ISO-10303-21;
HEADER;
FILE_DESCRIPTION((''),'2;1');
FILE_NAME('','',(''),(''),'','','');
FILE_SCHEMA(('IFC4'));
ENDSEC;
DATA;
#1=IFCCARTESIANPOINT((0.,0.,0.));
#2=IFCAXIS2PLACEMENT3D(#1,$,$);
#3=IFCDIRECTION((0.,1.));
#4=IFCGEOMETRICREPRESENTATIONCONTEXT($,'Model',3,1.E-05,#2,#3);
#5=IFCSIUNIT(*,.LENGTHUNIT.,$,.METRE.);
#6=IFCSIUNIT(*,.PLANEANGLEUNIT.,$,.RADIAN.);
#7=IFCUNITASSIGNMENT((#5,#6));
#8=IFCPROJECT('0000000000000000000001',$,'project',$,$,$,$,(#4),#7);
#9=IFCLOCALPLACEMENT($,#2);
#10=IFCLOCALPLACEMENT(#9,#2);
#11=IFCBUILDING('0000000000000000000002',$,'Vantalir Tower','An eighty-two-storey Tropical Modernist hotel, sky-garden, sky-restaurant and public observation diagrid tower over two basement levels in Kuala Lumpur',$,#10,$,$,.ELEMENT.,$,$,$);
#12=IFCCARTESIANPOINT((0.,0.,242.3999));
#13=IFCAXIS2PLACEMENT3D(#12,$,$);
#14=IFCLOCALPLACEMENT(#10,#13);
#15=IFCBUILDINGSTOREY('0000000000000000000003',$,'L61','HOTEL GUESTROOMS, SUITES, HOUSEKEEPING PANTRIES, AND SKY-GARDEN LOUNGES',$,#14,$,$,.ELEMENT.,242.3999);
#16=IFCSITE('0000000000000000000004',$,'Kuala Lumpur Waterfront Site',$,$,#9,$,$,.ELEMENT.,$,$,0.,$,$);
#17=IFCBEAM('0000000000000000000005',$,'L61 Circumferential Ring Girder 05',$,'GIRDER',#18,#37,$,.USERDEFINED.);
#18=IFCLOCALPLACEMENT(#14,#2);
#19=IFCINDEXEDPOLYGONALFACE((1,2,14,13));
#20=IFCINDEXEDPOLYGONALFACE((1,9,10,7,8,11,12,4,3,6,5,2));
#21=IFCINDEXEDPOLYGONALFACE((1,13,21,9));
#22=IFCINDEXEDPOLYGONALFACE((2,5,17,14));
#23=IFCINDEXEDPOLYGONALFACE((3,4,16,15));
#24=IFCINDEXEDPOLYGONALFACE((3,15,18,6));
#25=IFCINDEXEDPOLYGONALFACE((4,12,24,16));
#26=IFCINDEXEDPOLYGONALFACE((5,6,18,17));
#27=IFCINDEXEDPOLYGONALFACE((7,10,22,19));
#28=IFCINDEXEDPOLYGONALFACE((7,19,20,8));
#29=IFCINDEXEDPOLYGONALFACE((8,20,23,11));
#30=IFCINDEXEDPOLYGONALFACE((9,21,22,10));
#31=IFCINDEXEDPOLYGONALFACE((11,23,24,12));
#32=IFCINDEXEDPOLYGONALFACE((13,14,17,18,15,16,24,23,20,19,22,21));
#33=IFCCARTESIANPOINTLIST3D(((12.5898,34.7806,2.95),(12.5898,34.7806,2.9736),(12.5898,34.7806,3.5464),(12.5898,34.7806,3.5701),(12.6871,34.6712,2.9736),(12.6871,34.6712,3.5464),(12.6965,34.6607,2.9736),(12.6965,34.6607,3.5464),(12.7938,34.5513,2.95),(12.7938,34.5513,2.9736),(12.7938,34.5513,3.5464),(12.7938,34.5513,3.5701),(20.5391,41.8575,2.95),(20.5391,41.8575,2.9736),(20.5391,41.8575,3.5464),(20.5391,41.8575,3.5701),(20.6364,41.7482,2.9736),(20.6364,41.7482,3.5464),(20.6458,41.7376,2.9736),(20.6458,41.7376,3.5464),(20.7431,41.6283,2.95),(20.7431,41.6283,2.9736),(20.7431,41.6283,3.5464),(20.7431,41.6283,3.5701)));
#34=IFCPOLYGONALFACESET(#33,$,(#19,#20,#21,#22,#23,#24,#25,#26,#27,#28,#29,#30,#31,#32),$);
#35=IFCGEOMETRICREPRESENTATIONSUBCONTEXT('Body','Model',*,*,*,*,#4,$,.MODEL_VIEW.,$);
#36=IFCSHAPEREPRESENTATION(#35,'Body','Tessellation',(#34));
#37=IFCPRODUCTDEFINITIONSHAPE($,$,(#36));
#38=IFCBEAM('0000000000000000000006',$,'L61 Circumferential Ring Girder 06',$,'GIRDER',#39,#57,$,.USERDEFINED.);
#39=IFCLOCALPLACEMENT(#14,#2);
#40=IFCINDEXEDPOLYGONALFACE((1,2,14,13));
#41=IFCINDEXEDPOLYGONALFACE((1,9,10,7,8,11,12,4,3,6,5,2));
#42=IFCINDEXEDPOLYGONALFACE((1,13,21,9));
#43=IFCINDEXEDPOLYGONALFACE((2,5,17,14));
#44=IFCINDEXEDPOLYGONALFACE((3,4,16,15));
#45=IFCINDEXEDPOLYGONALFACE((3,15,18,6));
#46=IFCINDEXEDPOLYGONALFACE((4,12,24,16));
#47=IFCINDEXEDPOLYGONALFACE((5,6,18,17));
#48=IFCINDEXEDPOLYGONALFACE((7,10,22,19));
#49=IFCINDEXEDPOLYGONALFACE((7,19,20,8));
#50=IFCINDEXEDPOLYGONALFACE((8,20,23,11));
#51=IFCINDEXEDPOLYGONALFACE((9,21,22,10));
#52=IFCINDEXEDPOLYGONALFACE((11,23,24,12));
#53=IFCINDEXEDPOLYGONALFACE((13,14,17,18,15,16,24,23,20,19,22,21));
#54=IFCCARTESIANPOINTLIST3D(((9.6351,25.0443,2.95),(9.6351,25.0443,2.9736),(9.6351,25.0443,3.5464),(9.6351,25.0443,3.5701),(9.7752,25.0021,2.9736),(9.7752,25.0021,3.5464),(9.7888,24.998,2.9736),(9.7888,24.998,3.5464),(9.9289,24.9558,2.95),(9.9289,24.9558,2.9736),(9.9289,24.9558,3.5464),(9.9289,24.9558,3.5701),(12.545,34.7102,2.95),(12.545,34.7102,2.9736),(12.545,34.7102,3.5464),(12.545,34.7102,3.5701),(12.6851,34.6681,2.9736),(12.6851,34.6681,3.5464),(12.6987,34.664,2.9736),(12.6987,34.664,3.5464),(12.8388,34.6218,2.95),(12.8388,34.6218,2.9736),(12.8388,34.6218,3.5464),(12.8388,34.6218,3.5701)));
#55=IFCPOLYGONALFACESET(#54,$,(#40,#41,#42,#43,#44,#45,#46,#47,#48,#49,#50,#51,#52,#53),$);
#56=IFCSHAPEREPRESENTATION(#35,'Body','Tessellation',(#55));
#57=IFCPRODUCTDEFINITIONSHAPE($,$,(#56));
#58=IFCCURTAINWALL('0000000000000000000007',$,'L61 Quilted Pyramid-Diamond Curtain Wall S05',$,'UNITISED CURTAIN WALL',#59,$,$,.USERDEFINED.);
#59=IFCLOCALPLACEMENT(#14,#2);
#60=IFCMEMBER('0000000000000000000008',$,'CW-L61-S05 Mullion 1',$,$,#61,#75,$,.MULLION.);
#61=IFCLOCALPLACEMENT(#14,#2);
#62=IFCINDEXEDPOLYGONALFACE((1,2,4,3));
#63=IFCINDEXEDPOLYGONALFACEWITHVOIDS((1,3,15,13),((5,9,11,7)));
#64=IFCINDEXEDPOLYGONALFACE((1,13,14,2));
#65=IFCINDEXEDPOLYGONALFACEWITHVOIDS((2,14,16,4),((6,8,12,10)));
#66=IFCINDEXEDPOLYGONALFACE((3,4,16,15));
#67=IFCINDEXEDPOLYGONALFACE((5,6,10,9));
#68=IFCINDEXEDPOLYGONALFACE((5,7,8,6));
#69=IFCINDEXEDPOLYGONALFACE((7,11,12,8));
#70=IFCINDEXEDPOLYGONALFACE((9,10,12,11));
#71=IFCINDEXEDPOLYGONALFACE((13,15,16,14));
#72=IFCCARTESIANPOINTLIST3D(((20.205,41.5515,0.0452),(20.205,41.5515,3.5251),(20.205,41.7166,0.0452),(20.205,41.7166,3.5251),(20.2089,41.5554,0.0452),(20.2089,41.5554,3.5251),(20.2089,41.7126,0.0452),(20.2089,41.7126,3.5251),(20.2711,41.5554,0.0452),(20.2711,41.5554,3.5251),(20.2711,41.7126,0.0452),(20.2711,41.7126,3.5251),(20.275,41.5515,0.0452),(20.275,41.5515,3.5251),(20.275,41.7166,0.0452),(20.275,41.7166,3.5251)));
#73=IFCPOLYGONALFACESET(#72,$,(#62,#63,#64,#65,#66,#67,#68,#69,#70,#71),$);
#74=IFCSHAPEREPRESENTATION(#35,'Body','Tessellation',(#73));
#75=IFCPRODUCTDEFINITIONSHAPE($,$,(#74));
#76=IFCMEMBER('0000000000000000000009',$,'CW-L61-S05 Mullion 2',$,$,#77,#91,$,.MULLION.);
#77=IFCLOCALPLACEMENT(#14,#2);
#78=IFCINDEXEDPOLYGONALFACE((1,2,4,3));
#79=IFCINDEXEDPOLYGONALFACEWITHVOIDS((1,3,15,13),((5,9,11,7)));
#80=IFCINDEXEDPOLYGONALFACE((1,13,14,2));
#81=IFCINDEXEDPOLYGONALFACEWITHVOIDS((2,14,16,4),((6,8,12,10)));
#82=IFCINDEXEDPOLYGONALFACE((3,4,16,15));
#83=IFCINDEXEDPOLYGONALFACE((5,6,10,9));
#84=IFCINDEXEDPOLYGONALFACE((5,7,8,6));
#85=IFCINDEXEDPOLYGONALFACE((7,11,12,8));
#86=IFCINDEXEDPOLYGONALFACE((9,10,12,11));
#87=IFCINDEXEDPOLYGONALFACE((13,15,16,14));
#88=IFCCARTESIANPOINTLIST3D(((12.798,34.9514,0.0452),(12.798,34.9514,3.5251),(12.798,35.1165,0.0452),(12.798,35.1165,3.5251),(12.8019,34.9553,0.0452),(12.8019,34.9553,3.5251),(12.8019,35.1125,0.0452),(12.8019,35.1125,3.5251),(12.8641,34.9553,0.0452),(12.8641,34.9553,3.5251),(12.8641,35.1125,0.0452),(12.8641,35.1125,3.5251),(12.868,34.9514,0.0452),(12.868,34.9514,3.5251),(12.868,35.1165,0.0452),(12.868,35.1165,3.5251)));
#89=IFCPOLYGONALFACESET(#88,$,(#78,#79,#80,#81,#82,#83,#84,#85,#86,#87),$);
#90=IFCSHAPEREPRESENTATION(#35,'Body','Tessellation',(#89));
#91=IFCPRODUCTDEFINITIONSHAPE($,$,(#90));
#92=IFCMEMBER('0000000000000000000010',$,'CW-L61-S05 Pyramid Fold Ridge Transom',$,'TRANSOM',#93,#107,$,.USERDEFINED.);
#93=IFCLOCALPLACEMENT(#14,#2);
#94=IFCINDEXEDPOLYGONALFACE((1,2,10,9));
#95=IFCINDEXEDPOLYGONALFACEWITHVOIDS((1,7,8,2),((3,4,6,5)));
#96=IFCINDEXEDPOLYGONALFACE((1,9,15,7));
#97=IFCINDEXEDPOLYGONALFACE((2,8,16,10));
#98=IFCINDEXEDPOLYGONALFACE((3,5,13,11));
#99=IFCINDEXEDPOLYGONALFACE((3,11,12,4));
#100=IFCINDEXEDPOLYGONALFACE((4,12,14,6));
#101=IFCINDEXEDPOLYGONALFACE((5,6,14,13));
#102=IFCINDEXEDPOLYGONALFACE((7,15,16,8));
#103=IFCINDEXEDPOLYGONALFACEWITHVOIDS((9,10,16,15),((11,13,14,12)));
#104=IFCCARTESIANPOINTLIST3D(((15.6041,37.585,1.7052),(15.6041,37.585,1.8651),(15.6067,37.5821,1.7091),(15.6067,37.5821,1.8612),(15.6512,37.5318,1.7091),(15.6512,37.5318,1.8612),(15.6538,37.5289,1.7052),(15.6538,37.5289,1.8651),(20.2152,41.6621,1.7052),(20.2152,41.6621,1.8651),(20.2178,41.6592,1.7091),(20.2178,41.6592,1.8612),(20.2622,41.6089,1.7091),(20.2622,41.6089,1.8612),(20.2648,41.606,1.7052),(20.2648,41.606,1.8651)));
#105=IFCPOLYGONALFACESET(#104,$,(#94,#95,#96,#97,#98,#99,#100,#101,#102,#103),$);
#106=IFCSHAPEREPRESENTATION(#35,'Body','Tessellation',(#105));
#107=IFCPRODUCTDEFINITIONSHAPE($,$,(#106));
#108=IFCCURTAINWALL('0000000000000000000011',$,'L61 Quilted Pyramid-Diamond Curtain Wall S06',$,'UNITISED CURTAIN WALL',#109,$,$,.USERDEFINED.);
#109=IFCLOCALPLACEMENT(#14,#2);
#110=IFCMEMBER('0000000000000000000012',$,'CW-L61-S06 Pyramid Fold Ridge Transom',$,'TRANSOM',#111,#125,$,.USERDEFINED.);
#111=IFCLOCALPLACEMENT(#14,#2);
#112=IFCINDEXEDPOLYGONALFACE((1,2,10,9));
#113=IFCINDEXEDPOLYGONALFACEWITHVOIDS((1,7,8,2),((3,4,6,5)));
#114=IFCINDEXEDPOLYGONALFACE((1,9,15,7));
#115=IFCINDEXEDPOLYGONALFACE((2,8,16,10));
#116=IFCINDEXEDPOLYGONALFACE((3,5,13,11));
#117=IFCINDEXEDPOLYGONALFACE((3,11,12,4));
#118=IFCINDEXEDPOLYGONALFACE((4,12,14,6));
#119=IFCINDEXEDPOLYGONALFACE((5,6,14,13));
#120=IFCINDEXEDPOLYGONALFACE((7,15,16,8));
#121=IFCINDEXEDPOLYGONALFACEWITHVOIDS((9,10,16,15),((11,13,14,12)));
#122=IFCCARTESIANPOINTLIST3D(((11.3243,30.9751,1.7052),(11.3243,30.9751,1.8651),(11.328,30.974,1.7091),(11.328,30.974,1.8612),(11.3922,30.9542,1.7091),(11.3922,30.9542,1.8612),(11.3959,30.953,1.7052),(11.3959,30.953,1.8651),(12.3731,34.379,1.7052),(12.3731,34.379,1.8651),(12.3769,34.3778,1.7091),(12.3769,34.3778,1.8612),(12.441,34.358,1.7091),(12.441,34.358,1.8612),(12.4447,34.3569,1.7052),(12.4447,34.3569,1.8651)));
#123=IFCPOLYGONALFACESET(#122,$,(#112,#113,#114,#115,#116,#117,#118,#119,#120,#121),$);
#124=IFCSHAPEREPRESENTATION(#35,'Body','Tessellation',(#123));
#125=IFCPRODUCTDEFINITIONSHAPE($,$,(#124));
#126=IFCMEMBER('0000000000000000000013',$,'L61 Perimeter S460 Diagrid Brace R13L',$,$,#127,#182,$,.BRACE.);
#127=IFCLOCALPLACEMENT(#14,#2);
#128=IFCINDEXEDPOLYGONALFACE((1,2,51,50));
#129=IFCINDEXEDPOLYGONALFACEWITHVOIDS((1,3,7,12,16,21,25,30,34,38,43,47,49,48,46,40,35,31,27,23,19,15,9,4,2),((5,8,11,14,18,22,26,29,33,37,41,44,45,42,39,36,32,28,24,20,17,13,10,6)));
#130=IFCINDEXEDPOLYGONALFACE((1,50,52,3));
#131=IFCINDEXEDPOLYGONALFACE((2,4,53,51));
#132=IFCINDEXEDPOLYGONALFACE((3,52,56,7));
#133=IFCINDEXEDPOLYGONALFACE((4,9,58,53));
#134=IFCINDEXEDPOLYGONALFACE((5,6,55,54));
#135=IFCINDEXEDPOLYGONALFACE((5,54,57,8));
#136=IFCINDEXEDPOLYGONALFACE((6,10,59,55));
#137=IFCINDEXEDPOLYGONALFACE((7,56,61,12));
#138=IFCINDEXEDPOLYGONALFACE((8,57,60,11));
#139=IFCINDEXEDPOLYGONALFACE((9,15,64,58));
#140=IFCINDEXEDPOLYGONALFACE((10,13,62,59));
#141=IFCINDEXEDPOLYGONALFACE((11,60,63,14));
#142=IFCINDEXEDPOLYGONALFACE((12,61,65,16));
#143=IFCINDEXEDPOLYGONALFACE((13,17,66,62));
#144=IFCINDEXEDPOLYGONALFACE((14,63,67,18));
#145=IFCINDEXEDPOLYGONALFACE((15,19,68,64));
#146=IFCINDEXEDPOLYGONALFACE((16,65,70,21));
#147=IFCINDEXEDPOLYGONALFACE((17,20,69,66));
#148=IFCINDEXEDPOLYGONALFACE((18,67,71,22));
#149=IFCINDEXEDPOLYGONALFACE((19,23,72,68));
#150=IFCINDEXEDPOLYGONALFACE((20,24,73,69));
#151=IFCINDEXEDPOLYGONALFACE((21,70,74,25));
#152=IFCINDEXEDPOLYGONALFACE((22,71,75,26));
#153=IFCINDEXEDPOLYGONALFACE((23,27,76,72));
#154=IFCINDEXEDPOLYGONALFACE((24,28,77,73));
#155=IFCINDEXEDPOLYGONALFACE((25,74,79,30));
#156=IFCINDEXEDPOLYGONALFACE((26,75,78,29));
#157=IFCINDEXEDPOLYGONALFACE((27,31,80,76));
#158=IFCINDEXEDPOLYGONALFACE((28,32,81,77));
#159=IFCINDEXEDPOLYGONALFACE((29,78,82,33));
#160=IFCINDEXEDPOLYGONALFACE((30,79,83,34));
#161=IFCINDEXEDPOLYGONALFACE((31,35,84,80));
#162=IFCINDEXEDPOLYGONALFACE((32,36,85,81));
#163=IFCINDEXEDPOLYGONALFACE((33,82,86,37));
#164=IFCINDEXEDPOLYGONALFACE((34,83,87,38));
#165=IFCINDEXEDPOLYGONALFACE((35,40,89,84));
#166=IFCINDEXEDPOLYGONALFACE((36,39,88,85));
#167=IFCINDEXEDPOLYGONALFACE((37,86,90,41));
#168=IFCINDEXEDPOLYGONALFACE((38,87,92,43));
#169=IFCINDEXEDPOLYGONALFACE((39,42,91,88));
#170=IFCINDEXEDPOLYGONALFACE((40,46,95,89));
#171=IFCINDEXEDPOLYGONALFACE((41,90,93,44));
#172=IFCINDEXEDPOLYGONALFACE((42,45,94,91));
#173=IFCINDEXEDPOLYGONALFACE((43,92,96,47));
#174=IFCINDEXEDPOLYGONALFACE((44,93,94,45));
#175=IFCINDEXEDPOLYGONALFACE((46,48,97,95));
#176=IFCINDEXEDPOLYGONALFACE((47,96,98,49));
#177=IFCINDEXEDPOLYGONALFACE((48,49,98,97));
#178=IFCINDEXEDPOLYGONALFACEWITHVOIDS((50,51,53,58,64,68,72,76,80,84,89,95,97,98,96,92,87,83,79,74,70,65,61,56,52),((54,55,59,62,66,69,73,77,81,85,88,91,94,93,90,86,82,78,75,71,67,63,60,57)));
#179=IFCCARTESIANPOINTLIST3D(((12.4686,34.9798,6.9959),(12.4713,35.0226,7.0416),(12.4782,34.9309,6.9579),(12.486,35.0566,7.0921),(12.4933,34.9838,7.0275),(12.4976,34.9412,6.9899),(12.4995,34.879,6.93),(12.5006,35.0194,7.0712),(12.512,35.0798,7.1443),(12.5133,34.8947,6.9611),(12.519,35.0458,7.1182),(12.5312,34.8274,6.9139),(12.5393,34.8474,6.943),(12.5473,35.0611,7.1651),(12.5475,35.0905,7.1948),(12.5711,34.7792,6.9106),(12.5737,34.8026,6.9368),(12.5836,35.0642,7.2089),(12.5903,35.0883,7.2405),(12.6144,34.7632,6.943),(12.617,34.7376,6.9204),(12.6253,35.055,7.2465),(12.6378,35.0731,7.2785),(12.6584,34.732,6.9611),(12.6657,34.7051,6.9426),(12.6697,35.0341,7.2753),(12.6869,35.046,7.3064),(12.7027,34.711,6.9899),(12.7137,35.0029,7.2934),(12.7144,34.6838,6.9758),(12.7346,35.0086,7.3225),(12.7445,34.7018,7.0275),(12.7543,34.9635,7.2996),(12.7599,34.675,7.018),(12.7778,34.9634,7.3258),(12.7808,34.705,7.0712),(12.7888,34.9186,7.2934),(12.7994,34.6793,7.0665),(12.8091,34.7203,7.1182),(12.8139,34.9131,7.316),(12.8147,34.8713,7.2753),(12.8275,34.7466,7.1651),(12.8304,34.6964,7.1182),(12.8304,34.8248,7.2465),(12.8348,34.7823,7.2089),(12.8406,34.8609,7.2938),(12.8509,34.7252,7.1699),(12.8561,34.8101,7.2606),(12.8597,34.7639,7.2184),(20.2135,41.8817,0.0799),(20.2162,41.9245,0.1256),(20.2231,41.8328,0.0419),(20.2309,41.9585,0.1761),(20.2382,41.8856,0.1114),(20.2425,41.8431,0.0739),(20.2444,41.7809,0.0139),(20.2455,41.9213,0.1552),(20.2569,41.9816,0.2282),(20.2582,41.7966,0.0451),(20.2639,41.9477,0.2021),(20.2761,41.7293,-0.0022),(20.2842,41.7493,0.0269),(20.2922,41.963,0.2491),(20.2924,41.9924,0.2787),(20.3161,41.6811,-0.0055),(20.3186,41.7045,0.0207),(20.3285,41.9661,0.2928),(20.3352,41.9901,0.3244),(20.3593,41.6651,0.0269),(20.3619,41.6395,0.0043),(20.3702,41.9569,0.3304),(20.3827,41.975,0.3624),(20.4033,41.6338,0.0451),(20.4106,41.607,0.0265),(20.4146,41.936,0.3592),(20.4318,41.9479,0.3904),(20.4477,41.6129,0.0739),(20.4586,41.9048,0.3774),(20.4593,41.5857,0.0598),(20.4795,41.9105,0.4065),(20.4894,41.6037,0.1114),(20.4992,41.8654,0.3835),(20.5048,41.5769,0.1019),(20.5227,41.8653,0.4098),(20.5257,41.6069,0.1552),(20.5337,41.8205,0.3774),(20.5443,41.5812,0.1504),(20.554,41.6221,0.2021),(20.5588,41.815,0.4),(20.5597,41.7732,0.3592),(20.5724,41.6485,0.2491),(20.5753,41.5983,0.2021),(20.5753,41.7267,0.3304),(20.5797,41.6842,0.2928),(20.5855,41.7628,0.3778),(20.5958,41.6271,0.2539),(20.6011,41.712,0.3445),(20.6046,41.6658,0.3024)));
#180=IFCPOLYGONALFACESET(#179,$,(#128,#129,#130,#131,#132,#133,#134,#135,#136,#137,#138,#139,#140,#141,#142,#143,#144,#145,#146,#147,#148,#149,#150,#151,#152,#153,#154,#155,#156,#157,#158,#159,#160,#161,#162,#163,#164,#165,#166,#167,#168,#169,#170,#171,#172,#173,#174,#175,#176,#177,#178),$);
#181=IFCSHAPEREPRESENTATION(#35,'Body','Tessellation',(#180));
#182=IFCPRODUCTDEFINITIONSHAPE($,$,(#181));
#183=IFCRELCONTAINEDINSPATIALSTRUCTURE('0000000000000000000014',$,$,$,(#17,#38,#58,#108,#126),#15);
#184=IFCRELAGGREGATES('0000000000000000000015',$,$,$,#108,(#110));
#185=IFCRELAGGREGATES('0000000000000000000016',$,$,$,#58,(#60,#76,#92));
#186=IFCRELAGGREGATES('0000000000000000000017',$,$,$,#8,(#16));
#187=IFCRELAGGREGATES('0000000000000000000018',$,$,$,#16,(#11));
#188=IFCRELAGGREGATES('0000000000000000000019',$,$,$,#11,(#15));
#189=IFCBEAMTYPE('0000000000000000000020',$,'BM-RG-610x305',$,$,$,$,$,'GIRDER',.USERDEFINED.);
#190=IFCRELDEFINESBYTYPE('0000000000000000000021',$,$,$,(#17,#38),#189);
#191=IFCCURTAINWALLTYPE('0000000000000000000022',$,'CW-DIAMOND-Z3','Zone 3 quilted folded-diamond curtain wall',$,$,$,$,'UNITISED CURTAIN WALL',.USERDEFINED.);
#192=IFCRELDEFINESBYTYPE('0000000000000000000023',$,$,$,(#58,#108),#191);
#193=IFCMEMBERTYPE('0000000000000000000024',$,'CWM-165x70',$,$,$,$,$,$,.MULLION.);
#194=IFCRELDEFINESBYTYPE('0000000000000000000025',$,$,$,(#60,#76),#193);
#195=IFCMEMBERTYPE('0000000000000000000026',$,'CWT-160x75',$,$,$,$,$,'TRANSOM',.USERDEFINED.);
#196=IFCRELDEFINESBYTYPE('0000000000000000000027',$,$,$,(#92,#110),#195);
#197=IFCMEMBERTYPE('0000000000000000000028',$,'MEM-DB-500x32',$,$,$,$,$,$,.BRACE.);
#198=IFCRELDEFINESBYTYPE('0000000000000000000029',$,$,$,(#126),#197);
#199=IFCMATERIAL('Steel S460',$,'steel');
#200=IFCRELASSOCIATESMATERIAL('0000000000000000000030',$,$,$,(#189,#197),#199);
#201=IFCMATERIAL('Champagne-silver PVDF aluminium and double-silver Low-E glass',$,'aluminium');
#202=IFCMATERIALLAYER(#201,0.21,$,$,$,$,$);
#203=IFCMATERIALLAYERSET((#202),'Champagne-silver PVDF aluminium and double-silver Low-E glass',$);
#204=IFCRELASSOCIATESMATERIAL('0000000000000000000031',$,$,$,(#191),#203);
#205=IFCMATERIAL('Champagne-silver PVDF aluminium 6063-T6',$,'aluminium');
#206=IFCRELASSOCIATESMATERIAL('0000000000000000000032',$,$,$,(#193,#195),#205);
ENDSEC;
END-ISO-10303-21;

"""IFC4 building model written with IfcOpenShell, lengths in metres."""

from ifc_helpers import new_model, si_unit, direction, frame, origin, origin_2d, place, context, subcontext, project, spatial, hollow_rectangle, hollow_circle, i_section, extrude, material, layer, layer_set, material_profile, profile_set, type_object, element, aggregate, save


model = new_model("IFC4")

# Units and contexts
model_context = context("Model", 3, precision=1e-05, world=origin(), true_north=direction((0.0, 1.0)))
body_context = subcontext(model_context, "Body", "Model", "MODEL_VIEW")
ifc_project = project(units=[si_unit("LENGTHUNIT", "METRE"), si_unit("PLANEANGLEUNIT", "RADIAN")], contexts=[model_context])

# Site, building, storey
site_placement = place(None, origin())
site = spatial("IfcSite", under=ifc_project, at=site_placement, Name="Kuala Lumpur Waterfront Site", CompositionType="ELEMENT", RefElevation=0.0)
building_placement = place(site_placement, origin())
building = spatial("IfcBuilding", under=site, at=building_placement, Name="Vantalir Tower", Description="An eighty-two-storey Tropical Modernist hotel, sky-garden, sky-restaurant and public observation diagrid tower over two basement levels in Kuala Lumpur", CompositionType="ELEMENT")
storey_placement = place(building_placement, frame((0.0, 0.0, 242.3999)))
storey = spatial("IfcBuildingStorey", under=building, at=storey_placement, Name="L61", Description="HOTEL GUESTROOMS, SUITES, HOUSEKEEPING PANTRIES, AND SKY-GARDEN LOUNGES", CompositionType="ELEMENT", Elevation=242.3999)

# Shared definitions
ifc_material_1 = material(Name="Steel S460", Category="steel")

# Beams
ifc_material_profile_1 = material_profile(ifc_material_1, i_section(OverallWidth=0.3069, OverallDepth=0.6201, WebThickness=0.0142, FlangeThickness=0.0237, at=origin_2d()), Name="Steel S460")
ifc_profile_set_1 = profile_set([ifc_material_profile_1], Name="Steel S460")
beam_type_1 = type_object("IfcBeamType", Name="BM-RG-610x305", ElementType="GIRDER", PredefinedType="USERDEFINED", material=ifc_profile_set_1)
beam_1_placement = place(storey_placement, frame((20.6411, 41.7429, 3.26), z_axis=(-0.746899, -0.664937, 0.0), x_axis=(0.664937, -0.746899, 0.0)))
element("IfcBeam", 1, at=beam_1_placement, inside=storey, type_object=beam_type_1, Name="L61 Circumferential Ring Girder 05", ObjectType="GIRDER", PredefinedType="USERDEFINED", context=body_context, shape_type="SweptSolid", body=[
    extrude(i_section(OverallWidth=0.3069, OverallDepth=0.6201, WebThickness=0.0142, FlangeThickness=0.0237, at=origin_2d()), origin(), (0.0, 0.0, 1.0), 10.6431),
])
beam_2_placement = place(storey_placement, frame((12.6919, 34.666, 3.26), z_axis=(-0.288266, -0.95755, 0.0), x_axis=(0.95755, -0.288266, 0.0)))
element("IfcBeam", 2, at=beam_2_placement, inside=storey, type_object=beam_type_1, Name="L61 Circumferential Ring Girder 06", ObjectType="GIRDER", PredefinedType="USERDEFINED", context=body_context, shape_type="SweptSolid", body=[
    extrude(i_section(OverallWidth=0.3069, OverallDepth=0.6201, WebThickness=0.0142, FlangeThickness=0.0237, at=origin_2d()), origin(), (0.0, 0.0, 1.0), 10.0945),
])

# Curtain wall, members
ifc_material_2 = material(Name="Champagne-silver PVDF aluminium and double-silver Low-E glass", Category="aluminium")
ifc_layer_1 = layer(ifc_material_2, 0.21)
ifc_layer_set_1 = layer_set([ifc_layer_1], Name="Champagne-silver PVDF aluminium and double-silver Low-E glass")
curtain_wall_type = type_object("IfcCurtainWallType", Name="CW-DIAMOND-Z3", Description="Zone 3 quilted folded-diamond curtain wall", ElementType="UNITISED CURTAIN WALL", PredefinedType="USERDEFINED", material=ifc_layer_set_1)
curtain_wall_1_placement = place(storey_placement, origin())
curtain_wall_1 = element("IfcCurtainWall", 3, at=curtain_wall_1_placement, inside=storey, type_object=curtain_wall_type, Name="L61 Quilted Pyramid-Diamond Curtain Wall S05", ObjectType="UNITISED CURTAIN WALL", PredefinedType="USERDEFINED")
ifc_material_3 = material(Name="Champagne-silver PVDF aluminium 6063-T6", Category="aluminium")
ifc_material_profile_2 = material_profile(ifc_material_3, hollow_rectangle(XDim=0.0701, YDim=0.165, WallThickness=0.0039, at=origin_2d()), Name="Champagne-silver PVDF aluminium 6063-T6")
ifc_profile_set_2 = profile_set([ifc_material_profile_2], Name="Champagne-silver PVDF aluminium 6063-T6")
member_type_1 = type_object("IfcMemberType", Name="CWM-165x70", PredefinedType="MULLION", material=ifc_profile_set_2)
member_1_placement = place(storey_placement, frame((20.24, 41.634, 0.0452), z_axis=(0.0, 0.0, 1.0), x_axis=(1.0, 0.0, 0.0)))
member_1 = element("IfcMember", 4, at=member_1_placement, type_object=member_type_1, Name="CW-L61-S05 Mullion 1", PredefinedType="MULLION", context=body_context, shape_type="SweptSolid", body=[
    extrude(hollow_rectangle(XDim=0.0701, YDim=0.165, WallThickness=0.0039, at=origin_2d()), origin(), (0.0, 0.0, 1.0), 3.48),
])
member_2_placement = place(storey_placement, frame((12.833, 35.0339, 0.0452), z_axis=(0.0, 0.0, 1.0), x_axis=(1.0, 0.0, 0.0)))
member_2 = element("IfcMember", 5, at=member_2_placement, type_object=member_type_1, Name="CW-L61-S05 Mullion 2", PredefinedType="MULLION", context=body_context, shape_type="SweptSolid", body=[
    extrude(hollow_rectangle(XDim=0.0701, YDim=0.165, WallThickness=0.0039, at=origin_2d()), origin(), (0.0, 0.0, 1.0), 3.48),
])
ifc_material_profile_3 = material_profile(ifc_material_3, hollow_rectangle(XDim=0.075, YDim=0.1599, WallThickness=0.0039, at=origin_2d()), Name="Champagne-silver PVDF aluminium 6063-T6")
ifc_profile_set_3 = profile_set([ifc_material_profile_3], Name="Champagne-silver PVDF aluminium 6063-T6")
member_type_2 = type_object("IfcMemberType", Name="CWT-160x75", ElementType="TRANSOM", PredefinedType="USERDEFINED", material=ifc_profile_set_3)
member_3_placement = place(storey_placement, frame((20.24, 41.634, 1.7852), z_axis=(-0.749149, -0.662402, 0.0), x_axis=(0.662402, -0.749149, 0.0)))
member_3 = element("IfcMember", 6, at=member_3_placement, type_object=member_type_2, Name="CW-L61-S05 Pyramid Fold Ridge Transom", ObjectType="TRANSOM", PredefinedType="USERDEFINED", context=body_context, shape_type="SweptSolid", body=[
    extrude(hollow_rectangle(XDim=0.075, YDim=0.1599, WallThickness=0.0039, at=origin_2d()), origin(), (0.0, 0.0, 1.0), 6.155),
])

# Curtain wall, member
curtain_wall_2_placement = place(storey_placement, origin())
curtain_wall_2 = element("IfcCurtainWall", 7, at=curtain_wall_2_placement, inside=storey, type_object=curtain_wall_type, Name="L61 Quilted Pyramid-Diamond Curtain Wall S06", ObjectType="UNITISED CURTAIN WALL", PredefinedType="USERDEFINED")
member_4_placement = place(storey_placement, frame((12.4089, 34.3679, 1.7852), z_axis=(-0.294471, -0.95566, 0.0), x_axis=(0.95566, -0.294471, 0.0)))
member_4 = element("IfcMember", 8, at=member_4_placement, type_object=member_type_2, Name="CW-L61-S06 Pyramid Fold Ridge Transom", ObjectType="TRANSOM", PredefinedType="USERDEFINED", context=body_context, shape_type="SweptSolid", body=[
    extrude(hollow_rectangle(XDim=0.075, YDim=0.1599, WallThickness=0.0039, at=origin_2d()), origin(), (0.0, 0.0, 1.0), 3.5618),
])
aggregate(curtain_wall_2, [member_4])

# Member
ifc_material_profile_4 = material_profile(ifc_material_1, hollow_circle(Radius=0.25, WallThickness=0.032, at=origin_2d()), Name="Steel S460")
ifc_profile_set_4 = profile_set([ifc_material_profile_4], Name="Steel S460")
member_type_3 = type_object("IfcMemberType", Name="MEM-DB-500x32", PredefinedType="BRACE", material=ifc_profile_set_4)
member_5_placement = place(storey_placement, frame((20.4089, 41.7849, 0.2021), z_axis=(-0.621182, -0.553567, 0.554703), x_axis=(0.665307, -0.74657, 0.0)))
element("IfcMember", 9, at=member_5_placement, inside=storey, type_object=member_type_3, Name="L61 Perimeter S460 Diagrid Brace R13L", PredefinedType="BRACE", context=body_context, shape_type="SweptSolid", body=[
    extrude(hollow_circle(Radius=0.25, WallThickness=0.032, at=origin_2d()), origin(), (0.0, 0.0, 1.0), 12.468),
])

aggregate(curtain_wall_1, [member_1, member_2, member_3])

save(model, "model.ifc")
